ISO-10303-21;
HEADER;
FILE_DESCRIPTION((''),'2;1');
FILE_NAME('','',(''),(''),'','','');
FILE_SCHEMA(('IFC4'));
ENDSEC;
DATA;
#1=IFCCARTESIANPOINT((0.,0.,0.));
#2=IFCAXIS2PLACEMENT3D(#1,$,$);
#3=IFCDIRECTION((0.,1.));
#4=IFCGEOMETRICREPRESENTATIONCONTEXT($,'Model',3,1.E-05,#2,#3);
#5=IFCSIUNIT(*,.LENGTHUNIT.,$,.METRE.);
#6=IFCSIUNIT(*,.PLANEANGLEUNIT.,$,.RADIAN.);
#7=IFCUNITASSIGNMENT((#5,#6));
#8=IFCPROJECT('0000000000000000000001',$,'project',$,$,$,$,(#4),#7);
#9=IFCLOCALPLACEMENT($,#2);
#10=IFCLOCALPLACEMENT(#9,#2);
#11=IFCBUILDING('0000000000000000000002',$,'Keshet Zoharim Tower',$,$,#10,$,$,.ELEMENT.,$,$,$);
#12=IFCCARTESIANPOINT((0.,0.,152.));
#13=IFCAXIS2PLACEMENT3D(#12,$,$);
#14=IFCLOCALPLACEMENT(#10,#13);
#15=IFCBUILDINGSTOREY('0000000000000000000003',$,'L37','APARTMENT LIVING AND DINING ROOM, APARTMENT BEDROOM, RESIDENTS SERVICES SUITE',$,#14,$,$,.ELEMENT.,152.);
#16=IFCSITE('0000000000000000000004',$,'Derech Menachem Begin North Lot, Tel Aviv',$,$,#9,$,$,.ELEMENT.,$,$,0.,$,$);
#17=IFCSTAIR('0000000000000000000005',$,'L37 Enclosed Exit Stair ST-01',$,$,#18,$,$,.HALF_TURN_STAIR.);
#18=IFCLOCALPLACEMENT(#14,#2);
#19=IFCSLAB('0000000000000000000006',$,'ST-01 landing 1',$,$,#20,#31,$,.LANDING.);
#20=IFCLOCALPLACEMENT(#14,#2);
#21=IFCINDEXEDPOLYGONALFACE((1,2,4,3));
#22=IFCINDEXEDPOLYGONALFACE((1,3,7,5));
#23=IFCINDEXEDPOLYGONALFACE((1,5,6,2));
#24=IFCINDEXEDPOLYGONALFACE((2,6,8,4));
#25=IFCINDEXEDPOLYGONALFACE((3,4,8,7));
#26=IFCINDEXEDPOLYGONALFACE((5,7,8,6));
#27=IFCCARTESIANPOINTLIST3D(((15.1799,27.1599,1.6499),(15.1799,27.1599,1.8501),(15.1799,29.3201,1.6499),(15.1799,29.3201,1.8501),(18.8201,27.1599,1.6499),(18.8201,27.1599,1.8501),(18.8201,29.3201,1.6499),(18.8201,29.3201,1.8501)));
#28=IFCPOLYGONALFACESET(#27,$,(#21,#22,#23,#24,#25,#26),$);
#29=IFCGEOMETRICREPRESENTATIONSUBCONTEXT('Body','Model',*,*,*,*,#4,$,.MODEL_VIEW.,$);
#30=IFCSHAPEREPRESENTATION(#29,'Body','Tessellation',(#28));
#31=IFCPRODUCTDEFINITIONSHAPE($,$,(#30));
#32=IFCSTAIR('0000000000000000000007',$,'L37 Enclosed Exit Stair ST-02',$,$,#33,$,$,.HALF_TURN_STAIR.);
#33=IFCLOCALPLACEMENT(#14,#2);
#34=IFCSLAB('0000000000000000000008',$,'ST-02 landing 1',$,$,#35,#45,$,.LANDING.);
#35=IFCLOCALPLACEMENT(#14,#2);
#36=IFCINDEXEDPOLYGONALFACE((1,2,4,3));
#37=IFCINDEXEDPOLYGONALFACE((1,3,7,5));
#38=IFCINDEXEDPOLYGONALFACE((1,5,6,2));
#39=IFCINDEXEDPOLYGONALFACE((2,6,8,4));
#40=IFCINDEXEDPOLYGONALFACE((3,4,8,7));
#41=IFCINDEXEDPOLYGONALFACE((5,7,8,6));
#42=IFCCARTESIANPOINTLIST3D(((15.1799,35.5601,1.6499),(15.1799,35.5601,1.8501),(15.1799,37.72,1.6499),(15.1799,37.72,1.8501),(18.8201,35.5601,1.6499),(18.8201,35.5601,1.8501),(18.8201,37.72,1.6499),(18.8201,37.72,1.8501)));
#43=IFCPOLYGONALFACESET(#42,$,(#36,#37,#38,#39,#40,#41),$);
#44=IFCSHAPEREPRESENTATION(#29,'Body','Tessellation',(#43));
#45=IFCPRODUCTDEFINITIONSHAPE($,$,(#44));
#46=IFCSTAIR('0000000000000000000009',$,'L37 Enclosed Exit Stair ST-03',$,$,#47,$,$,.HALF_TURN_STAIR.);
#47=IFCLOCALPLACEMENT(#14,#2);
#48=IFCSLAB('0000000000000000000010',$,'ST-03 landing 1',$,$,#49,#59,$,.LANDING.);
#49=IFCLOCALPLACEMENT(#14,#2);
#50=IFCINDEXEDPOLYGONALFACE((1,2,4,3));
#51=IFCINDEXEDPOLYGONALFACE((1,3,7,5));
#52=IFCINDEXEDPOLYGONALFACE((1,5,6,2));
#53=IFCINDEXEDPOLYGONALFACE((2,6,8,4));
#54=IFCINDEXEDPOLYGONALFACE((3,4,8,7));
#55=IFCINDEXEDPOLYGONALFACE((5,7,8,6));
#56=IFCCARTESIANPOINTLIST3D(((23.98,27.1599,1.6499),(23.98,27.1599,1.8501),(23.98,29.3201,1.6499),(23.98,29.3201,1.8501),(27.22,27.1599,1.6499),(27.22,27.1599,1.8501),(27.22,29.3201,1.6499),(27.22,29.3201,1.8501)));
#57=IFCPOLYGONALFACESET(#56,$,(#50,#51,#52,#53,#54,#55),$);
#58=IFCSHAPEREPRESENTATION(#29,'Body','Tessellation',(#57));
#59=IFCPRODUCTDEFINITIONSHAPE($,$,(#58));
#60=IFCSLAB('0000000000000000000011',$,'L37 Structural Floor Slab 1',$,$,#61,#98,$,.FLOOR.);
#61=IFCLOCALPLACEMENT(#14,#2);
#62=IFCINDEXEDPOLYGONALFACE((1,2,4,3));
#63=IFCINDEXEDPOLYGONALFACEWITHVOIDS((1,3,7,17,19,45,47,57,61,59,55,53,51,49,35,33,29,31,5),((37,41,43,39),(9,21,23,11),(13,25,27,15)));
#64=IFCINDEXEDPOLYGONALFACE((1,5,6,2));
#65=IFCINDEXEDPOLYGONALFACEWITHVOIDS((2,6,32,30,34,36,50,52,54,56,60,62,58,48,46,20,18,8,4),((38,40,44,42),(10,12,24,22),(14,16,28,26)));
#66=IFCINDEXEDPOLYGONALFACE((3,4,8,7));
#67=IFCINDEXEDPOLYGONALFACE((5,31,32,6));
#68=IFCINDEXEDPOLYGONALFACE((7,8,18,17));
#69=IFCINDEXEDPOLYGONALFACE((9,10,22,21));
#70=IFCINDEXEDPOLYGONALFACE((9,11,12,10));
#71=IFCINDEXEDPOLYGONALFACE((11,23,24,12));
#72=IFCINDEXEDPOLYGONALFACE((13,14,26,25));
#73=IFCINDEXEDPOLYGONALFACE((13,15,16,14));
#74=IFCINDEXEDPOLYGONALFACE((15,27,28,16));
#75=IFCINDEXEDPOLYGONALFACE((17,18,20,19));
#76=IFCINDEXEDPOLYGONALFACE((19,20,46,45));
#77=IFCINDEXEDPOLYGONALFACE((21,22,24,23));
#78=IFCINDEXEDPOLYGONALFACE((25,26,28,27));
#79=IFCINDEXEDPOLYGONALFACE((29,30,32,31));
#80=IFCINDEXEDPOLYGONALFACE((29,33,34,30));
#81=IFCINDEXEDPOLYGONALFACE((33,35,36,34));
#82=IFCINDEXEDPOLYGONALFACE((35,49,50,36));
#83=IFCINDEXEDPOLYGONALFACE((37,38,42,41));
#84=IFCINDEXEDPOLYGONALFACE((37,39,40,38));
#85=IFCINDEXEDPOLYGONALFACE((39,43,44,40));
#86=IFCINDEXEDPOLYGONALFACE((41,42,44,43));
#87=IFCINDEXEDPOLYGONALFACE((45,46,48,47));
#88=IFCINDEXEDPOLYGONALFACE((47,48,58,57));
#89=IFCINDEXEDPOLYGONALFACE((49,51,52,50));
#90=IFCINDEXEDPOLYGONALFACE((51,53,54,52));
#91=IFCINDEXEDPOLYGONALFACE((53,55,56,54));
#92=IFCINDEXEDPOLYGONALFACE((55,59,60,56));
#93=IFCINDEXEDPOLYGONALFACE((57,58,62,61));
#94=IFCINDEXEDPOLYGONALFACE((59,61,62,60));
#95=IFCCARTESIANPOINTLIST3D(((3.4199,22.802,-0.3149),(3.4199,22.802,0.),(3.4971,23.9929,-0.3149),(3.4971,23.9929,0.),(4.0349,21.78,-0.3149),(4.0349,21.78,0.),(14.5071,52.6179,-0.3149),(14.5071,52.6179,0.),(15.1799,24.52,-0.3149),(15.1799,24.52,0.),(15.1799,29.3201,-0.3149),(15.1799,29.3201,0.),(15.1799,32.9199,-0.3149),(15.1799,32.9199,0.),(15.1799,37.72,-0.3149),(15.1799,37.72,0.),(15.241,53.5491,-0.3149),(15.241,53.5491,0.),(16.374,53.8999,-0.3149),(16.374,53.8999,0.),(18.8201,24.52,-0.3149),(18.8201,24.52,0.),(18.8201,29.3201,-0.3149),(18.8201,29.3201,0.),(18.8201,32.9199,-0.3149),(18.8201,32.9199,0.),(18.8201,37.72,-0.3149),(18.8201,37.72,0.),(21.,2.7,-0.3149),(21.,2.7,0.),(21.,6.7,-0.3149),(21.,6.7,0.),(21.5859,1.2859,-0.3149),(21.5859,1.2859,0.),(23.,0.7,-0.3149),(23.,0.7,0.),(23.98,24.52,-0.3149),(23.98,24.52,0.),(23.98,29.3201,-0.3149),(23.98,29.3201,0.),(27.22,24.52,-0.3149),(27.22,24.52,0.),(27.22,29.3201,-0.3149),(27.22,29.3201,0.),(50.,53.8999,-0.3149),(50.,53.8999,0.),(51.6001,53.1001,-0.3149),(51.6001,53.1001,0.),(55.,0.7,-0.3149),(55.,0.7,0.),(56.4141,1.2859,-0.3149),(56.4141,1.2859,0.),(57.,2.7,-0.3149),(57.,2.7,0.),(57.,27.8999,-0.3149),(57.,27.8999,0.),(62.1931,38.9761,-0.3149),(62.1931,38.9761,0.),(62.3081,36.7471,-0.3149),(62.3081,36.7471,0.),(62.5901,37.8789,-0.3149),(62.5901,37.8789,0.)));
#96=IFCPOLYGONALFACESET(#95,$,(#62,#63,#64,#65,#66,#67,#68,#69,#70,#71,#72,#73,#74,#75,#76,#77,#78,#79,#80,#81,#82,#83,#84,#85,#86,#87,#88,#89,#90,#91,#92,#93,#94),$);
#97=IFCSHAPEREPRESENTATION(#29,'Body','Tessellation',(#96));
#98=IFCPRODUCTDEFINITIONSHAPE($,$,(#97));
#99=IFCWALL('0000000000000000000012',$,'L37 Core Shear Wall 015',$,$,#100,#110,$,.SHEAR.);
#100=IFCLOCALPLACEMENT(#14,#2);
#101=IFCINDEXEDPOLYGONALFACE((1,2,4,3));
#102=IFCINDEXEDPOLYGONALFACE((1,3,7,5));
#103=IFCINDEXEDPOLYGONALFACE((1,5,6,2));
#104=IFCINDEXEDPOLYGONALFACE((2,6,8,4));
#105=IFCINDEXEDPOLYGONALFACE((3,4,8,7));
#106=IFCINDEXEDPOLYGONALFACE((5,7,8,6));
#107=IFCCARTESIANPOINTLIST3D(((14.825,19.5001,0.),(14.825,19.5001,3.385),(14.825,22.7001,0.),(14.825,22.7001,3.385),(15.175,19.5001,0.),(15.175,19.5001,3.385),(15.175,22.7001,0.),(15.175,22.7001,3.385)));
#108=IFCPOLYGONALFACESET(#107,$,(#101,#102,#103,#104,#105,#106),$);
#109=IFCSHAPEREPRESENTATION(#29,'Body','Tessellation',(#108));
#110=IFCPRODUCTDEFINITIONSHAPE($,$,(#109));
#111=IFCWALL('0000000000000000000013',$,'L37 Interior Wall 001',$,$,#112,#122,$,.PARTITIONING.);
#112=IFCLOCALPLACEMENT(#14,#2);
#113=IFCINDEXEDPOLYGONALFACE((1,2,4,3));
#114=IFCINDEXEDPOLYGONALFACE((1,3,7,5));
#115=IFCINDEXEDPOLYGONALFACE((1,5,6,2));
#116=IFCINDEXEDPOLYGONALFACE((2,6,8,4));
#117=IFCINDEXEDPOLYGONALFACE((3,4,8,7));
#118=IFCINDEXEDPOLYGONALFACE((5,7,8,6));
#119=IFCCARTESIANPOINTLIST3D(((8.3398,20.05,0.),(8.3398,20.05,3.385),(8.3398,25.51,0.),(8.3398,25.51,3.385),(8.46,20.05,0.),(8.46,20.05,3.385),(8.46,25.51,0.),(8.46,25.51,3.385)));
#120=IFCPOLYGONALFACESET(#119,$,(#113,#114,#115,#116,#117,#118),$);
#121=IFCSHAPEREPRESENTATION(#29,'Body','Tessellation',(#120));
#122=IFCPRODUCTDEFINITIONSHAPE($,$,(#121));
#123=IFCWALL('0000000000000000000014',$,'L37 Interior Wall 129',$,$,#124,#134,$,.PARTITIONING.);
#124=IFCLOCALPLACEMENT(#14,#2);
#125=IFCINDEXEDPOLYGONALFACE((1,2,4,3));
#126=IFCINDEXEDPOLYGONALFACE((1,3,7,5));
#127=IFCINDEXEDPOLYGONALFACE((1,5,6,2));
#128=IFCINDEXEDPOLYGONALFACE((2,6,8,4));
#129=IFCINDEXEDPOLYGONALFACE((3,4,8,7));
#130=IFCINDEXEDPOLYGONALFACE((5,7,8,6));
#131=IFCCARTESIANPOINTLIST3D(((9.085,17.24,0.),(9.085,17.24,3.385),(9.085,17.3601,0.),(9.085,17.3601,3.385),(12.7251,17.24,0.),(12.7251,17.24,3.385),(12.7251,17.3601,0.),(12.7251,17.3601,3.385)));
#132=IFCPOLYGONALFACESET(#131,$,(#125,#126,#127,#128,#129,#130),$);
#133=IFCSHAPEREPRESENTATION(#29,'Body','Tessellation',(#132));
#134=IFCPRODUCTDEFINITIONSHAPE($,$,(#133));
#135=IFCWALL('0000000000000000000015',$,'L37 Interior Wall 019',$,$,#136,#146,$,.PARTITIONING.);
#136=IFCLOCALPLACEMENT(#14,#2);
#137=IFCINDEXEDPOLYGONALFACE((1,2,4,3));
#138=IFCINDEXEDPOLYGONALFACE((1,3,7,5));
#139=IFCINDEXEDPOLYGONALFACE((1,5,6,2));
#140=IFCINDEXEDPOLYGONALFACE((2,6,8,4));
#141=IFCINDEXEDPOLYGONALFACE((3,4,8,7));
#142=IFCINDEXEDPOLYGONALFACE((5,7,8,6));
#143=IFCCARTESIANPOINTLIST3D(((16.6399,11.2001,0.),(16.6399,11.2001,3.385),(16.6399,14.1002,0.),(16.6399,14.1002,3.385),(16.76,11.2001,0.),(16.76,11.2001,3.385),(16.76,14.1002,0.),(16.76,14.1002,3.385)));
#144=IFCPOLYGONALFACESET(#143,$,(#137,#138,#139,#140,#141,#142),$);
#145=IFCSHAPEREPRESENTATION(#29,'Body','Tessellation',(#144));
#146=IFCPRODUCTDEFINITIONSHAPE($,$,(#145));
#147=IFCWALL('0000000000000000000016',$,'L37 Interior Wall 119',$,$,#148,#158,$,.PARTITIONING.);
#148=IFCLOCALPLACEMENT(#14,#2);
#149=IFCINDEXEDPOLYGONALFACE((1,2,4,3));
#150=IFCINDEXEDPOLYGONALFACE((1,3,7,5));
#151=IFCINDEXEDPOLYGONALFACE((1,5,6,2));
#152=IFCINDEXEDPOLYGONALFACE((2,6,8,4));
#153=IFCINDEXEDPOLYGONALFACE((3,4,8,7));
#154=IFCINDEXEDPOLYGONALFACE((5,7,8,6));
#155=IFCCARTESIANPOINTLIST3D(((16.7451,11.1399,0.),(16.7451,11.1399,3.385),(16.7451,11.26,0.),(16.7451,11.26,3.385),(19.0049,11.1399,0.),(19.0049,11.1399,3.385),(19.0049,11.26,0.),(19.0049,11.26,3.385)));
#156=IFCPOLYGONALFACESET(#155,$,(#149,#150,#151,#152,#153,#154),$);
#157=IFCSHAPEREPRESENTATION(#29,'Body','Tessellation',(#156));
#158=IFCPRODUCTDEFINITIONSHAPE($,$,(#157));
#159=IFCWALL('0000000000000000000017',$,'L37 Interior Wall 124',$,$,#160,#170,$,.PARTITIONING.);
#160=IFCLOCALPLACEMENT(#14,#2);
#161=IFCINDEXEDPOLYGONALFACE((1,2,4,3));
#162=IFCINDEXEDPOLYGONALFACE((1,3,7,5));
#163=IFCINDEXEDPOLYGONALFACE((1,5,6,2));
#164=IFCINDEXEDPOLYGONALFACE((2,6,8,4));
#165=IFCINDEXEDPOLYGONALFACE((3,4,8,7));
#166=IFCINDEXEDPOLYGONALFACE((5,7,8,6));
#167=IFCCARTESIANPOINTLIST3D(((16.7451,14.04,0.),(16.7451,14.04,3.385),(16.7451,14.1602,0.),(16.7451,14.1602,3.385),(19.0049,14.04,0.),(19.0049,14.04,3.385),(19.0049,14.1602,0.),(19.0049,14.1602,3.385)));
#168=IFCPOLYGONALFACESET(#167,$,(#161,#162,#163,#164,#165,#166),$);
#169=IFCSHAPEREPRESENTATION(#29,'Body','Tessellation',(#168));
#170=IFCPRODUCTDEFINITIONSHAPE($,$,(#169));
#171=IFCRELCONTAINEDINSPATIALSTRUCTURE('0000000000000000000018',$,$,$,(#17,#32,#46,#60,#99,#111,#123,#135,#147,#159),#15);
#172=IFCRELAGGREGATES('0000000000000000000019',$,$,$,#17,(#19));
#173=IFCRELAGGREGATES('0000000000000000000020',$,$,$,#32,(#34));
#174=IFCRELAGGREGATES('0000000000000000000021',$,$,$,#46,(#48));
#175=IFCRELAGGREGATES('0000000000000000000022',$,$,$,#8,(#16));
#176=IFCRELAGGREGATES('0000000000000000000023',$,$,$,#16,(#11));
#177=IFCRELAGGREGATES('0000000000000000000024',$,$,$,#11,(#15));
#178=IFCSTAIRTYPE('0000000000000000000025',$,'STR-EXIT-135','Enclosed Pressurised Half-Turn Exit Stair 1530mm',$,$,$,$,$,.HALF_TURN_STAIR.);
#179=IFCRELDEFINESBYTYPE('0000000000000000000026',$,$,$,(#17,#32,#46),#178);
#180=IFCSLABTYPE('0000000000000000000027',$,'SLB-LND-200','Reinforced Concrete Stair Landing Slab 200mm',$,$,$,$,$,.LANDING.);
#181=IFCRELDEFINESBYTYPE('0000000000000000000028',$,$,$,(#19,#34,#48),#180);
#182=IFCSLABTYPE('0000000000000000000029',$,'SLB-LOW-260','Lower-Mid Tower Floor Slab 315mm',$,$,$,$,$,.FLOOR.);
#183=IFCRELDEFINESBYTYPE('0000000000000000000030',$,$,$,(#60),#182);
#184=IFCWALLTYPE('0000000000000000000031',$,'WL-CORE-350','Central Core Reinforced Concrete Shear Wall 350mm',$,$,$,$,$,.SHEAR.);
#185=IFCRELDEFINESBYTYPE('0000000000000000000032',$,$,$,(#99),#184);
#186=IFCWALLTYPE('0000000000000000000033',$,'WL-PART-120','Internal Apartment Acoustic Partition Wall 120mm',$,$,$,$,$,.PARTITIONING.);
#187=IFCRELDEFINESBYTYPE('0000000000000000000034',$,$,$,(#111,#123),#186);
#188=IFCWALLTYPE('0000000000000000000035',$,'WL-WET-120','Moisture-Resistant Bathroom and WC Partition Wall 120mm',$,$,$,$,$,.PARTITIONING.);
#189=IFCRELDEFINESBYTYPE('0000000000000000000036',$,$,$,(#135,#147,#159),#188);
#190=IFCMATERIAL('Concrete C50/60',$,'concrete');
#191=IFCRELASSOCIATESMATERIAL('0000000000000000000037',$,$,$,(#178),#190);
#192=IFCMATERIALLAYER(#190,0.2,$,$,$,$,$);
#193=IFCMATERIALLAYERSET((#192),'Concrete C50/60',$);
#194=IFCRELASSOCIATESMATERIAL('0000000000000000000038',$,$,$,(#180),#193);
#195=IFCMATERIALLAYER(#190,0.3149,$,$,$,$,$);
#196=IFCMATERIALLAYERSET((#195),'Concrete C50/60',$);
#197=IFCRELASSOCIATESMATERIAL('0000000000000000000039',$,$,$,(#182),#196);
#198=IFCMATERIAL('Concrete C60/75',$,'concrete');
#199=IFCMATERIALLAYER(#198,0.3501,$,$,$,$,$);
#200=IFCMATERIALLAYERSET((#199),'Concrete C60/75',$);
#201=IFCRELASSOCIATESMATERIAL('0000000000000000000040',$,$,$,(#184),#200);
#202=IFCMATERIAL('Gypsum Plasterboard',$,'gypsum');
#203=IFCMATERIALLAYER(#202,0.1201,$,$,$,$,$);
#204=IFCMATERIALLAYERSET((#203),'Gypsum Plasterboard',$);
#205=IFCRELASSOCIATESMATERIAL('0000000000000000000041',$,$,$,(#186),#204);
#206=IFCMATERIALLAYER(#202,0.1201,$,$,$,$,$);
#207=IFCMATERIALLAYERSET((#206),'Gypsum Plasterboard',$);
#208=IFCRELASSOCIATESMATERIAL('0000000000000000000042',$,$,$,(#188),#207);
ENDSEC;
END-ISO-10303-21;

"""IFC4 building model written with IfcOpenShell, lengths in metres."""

from ifc_helpers import new_model, si_unit, direction, frame, frame_2d, origin, place, context, subcontext, project, spatial, polyline, rectangle, outline, extrude, material, layer, layer_set, type_object, element, aggregate, save


model = new_model("IFC4")

# Units and contexts
model_context = context("Model", 3, precision=1e-05, world=origin(), true_north=direction((0.0, 1.0)))
body_context = subcontext(model_context, "Body", "Model", "MODEL_VIEW")
ifc_project = project(units=[si_unit("LENGTHUNIT", "METRE"), si_unit("PLANEANGLEUNIT", "RADIAN")], contexts=[model_context])

# Site, building, storey
site_placement = place(None, origin())
site = spatial("IfcSite", under=ifc_project, at=site_placement, Name="Derech Menachem Begin North Lot, Tel Aviv", CompositionType="ELEMENT", RefElevation=0.0)
building_placement = place(site_placement, origin())
building = spatial("IfcBuilding", under=site, at=building_placement, Name="Keshet Zoharim Tower", CompositionType="ELEMENT")
storey_placement = place(building_placement, frame((0.0, 0.0, 152.0)))
storey = spatial("IfcBuildingStorey", under=building, at=storey_placement, Name="L37", Description="APARTMENT LIVING AND DINING ROOM, APARTMENT BEDROOM, RESIDENTS SERVICES SUITE", CompositionType="ELEMENT", Elevation=152.0)

# Shared definitions
ifc_material_1 = material(Name="Concrete C60/75", Category="concrete")

# Stairs, slabs
ifc_material_2 = material(Name="Concrete C50/60", Category="concrete")
stair_type = type_object("IfcStairType", Name="STR-EXIT-135", Description="Enclosed Pressurised Half-Turn Exit Stair 1530mm", PredefinedType="HALF_TURN_STAIR", material=ifc_material_2)
stair_1_placement = place(storey_placement, origin())
stair_1 = element("IfcStair", 1, at=stair_1_placement, inside=storey, type_object=stair_type, Name="L37 Enclosed Exit Stair ST-01", PredefinedType="HALF_TURN_STAIR")
ifc_layer_1 = layer(ifc_material_2, 0.2)
ifc_layer_set_1 = layer_set([ifc_layer_1], Name="Concrete C50/60")
slab_type_1 = type_object("IfcSlabType", Name="SLB-LND-200", Description="Reinforced Concrete Stair Landing Slab 200mm", PredefinedType="LANDING", material=ifc_layer_set_1)
slab_1_placement = place(storey_placement, frame((0.0, 0.0, 1.6499)))
slab_1 = element("IfcSlab", 2, at=slab_1_placement, type_object=slab_type_1, Name="ST-01 landing 1", PredefinedType="LANDING", context=body_context, shape_type="SweptSolid", body=[
    extrude(outline(polyline([(15.1799, 27.1599), (18.8201, 27.1599), (18.8201, 29.3201), (15.1799, 29.3201), (15.1799, 27.1599)])), origin(), (0.0, 0.0, 1.0), 0.2002),
])
aggregate(stair_1, [slab_1])
stair_2_placement = place(storey_placement, origin())
stair_2 = element("IfcStair", 3, at=stair_2_placement, inside=storey, type_object=stair_type, Name="L37 Enclosed Exit Stair ST-02", PredefinedType="HALF_TURN_STAIR")
slab_2_placement = place(storey_placement, frame((0.0, 0.0, 1.6499)))
slab_2 = element("IfcSlab", 4, at=slab_2_placement, type_object=slab_type_1, Name="ST-02 landing 1", PredefinedType="LANDING", context=body_context, shape_type="SweptSolid", body=[
    extrude(outline(polyline([(15.1799, 35.5601), (18.8201, 35.5601), (18.8201, 37.72), (15.1799, 37.72), (15.1799, 35.5601)])), origin(), (0.0, 0.0, 1.0), 0.2002),
])
aggregate(stair_2, [slab_2])
stair_3_placement = place(storey_placement, origin())
stair_3 = element("IfcStair", 5, at=stair_3_placement, inside=storey, type_object=stair_type, Name="L37 Enclosed Exit Stair ST-03", PredefinedType="HALF_TURN_STAIR")
slab_3_placement = place(storey_placement, frame((0.0, 0.0, 1.6499)))
slab_3 = element("IfcSlab", 6, at=slab_3_placement, type_object=slab_type_1, Name="ST-03 landing 1", PredefinedType="LANDING", context=body_context, shape_type="SweptSolid", body=[
    extrude(outline(polyline([(23.98, 27.1599), (27.22, 27.1599), (27.22, 29.3201), (23.98, 29.3201), (23.98, 27.1599)])), origin(), (0.0, 0.0, 1.0), 0.2002),
])
aggregate(stair_3, [slab_3])

# Slab
ifc_layer_2 = layer(ifc_material_2, 0.3149)
ifc_layer_set_2 = layer_set([ifc_layer_2], Name="Concrete C50/60")
slab_type_2 = type_object("IfcSlabType", Name="SLB-LOW-260", Description="Lower-Mid Tower Floor Slab 315mm", PredefinedType="FLOOR", material=ifc_layer_set_2)
slab_4_placement = place(storey_placement, frame((0.0, 0.0, -0.3149)))
element("IfcSlab", 7, at=slab_4_placement, inside=storey, type_object=slab_type_2, Name="L37 Structural Floor Slab 1", PredefinedType="FLOOR", context=body_context, shape_type="SweptSolid", body=[
    extrude(outline(polyline([(57.0, 2.7), (56.4141, 1.2859), (55.0, 0.7), (23.0, 0.7), (21.5859, 1.2859), (21.0, 2.7), (21.0, 6.7), (4.0349, 21.78), (3.4199, 22.802), (3.4971, 23.9929), (14.5071, 52.6179), (15.241, 53.5491), (16.374, 53.8999), (50.0, 53.8999), (51.6001, 53.1001), (62.1931, 38.9761), (62.5901, 37.8789), (62.3081, 36.7471), (57.0, 27.8999), (57.0, 2.7)]), holes=[polyline([(15.1799, 24.52), (18.8201, 24.52), (18.8201, 29.3201), (15.1799, 29.3201), (15.1799, 24.52)]), polyline([(15.1799, 32.9199), (18.8201, 32.9199), (18.8201, 37.72), (15.1799, 37.72), (15.1799, 32.9199)]), polyline([(23.98, 24.52), (27.22, 24.52), (27.22, 29.3201), (23.98, 29.3201), (23.98, 24.52)])]), origin(), (0.0, 0.0, 1.0), 0.3149),
])

# Wall
ifc_layer_3 = layer(ifc_material_1, 0.3501)
ifc_layer_set_3 = layer_set([ifc_layer_3], Name="Concrete C60/75")
wall_type_1 = type_object("IfcWallType", Name="WL-CORE-350", Description="Central Core Reinforced Concrete Shear Wall 350mm", PredefinedType="SHEAR", material=ifc_layer_set_3)
wall_1_placement = place(storey_placement, frame((15.0, 19.5, 0.0), z_axis=(0.0, 0.0, 1.0), x_axis=(0.0, 1.0, 0.0)))
element("IfcWall", 8, at=wall_1_placement, inside=storey, type_object=wall_type_1, Name="L37 Core Shear Wall 015", PredefinedType="SHEAR", context=body_context, shape_type="SweptSolid", body=[
    extrude(rectangle(XDim=3.2, YDim=0.3501, at=frame_2d((1.6001, 0.0))), origin(), (0.0, 0.0, 1.0), 3.385),
])

# Shared definitions
ifc_material_3 = material(Name="Gypsum Plasterboard", Category="gypsum")

# Wall
ifc_layer_4 = layer(ifc_material_3, 0.1201)
ifc_layer_set_4 = layer_set([ifc_layer_4], Name="Gypsum Plasterboard")
wall_type_2 = type_object("IfcWallType", Name="WL-PART-120", Description="Internal Apartment Acoustic Partition Wall 120mm", PredefinedType="PARTITIONING", material=ifc_layer_set_4)
wall_2_placement = place(storey_placement, frame((8.3999, 20.05, 0.0), z_axis=(0.0, 0.0, 1.0), x_axis=(0.0, 1.0, 0.0)))
element("IfcWall", 9, at=wall_2_placement, inside=storey, type_object=wall_type_2, Name="L37 Interior Wall 001", PredefinedType="PARTITIONING", context=body_context, shape_type="SweptSolid", body=[
    extrude(rectangle(XDim=5.46, YDim=0.1201, at=frame_2d((2.73, 0.0))), origin(), (0.0, 0.0, 1.0), 3.385),
])

# Wall
wall_3_placement = place(storey_placement, frame((9.085, 17.3, 0.0), z_axis=(0.0, 0.0, 1.0), x_axis=(1.0, 0.0, 0.0)))
element("IfcWall", 10, at=wall_3_placement, inside=storey, type_object=wall_type_2, Name="L37 Interior Wall 129", PredefinedType="PARTITIONING", context=body_context, shape_type="SweptSolid", body=[
    extrude(rectangle(XDim=3.6401, YDim=0.1201, at=frame_2d((1.8201, 0.0))), origin(), (0.0, 0.0, 1.0), 3.385),
])

# Walls
ifc_layer_5 = layer(ifc_material_3, 0.1201)
ifc_layer_set_5 = layer_set([ifc_layer_5], Name="Gypsum Plasterboard")
wall_type_3 = type_object("IfcWallType", Name="WL-WET-120", Description="Moisture-Resistant Bathroom and WC Partition Wall 120mm", PredefinedType="PARTITIONING", material=ifc_layer_set_5)
wall_4_placement = place(storey_placement, frame((16.7, 11.2, 0.0), z_axis=(0.0, 0.0, 1.0), x_axis=(0.0, 1.0, 0.0)))
element("IfcWall", 11, at=wall_4_placement, inside=storey, type_object=wall_type_3, Name="L37 Interior Wall 019", PredefinedType="PARTITIONING", context=body_context, shape_type="SweptSolid", body=[
    extrude(rectangle(XDim=2.9001, YDim=0.1201, at=frame_2d((1.4502, 0.0))), origin(), (0.0, 0.0, 1.0), 3.385),
])
for number, where, z_axis, x_axis, name in (
    (12, (16.7451, 11.2, 0.0), (0.0, 0.0, 1.0), (1.0, 0.0, 0.0), "L37 Interior Wall 119"),
    (13, (16.7451, 14.1001, 0.0), (0.0, 0.0, 1.0), (1.0, 0.0, 0.0), "L37 Interior Wall 124"),
):
    element("IfcWall", number, at=place(storey_placement, frame(where, z_axis=z_axis, x_axis=x_axis)), inside=storey, type_object=wall_type_3, Name=name, PredefinedType="PARTITIONING", context=body_context, shape_type="SweptSolid", body=[
        extrude(rectangle(XDim=2.2598, YDim=0.1201, at=frame_2d((1.1299, 0.0))), origin(), (0.0, 0.0, 1.0), 3.385),
    ])

save(model, "model.ifc")
